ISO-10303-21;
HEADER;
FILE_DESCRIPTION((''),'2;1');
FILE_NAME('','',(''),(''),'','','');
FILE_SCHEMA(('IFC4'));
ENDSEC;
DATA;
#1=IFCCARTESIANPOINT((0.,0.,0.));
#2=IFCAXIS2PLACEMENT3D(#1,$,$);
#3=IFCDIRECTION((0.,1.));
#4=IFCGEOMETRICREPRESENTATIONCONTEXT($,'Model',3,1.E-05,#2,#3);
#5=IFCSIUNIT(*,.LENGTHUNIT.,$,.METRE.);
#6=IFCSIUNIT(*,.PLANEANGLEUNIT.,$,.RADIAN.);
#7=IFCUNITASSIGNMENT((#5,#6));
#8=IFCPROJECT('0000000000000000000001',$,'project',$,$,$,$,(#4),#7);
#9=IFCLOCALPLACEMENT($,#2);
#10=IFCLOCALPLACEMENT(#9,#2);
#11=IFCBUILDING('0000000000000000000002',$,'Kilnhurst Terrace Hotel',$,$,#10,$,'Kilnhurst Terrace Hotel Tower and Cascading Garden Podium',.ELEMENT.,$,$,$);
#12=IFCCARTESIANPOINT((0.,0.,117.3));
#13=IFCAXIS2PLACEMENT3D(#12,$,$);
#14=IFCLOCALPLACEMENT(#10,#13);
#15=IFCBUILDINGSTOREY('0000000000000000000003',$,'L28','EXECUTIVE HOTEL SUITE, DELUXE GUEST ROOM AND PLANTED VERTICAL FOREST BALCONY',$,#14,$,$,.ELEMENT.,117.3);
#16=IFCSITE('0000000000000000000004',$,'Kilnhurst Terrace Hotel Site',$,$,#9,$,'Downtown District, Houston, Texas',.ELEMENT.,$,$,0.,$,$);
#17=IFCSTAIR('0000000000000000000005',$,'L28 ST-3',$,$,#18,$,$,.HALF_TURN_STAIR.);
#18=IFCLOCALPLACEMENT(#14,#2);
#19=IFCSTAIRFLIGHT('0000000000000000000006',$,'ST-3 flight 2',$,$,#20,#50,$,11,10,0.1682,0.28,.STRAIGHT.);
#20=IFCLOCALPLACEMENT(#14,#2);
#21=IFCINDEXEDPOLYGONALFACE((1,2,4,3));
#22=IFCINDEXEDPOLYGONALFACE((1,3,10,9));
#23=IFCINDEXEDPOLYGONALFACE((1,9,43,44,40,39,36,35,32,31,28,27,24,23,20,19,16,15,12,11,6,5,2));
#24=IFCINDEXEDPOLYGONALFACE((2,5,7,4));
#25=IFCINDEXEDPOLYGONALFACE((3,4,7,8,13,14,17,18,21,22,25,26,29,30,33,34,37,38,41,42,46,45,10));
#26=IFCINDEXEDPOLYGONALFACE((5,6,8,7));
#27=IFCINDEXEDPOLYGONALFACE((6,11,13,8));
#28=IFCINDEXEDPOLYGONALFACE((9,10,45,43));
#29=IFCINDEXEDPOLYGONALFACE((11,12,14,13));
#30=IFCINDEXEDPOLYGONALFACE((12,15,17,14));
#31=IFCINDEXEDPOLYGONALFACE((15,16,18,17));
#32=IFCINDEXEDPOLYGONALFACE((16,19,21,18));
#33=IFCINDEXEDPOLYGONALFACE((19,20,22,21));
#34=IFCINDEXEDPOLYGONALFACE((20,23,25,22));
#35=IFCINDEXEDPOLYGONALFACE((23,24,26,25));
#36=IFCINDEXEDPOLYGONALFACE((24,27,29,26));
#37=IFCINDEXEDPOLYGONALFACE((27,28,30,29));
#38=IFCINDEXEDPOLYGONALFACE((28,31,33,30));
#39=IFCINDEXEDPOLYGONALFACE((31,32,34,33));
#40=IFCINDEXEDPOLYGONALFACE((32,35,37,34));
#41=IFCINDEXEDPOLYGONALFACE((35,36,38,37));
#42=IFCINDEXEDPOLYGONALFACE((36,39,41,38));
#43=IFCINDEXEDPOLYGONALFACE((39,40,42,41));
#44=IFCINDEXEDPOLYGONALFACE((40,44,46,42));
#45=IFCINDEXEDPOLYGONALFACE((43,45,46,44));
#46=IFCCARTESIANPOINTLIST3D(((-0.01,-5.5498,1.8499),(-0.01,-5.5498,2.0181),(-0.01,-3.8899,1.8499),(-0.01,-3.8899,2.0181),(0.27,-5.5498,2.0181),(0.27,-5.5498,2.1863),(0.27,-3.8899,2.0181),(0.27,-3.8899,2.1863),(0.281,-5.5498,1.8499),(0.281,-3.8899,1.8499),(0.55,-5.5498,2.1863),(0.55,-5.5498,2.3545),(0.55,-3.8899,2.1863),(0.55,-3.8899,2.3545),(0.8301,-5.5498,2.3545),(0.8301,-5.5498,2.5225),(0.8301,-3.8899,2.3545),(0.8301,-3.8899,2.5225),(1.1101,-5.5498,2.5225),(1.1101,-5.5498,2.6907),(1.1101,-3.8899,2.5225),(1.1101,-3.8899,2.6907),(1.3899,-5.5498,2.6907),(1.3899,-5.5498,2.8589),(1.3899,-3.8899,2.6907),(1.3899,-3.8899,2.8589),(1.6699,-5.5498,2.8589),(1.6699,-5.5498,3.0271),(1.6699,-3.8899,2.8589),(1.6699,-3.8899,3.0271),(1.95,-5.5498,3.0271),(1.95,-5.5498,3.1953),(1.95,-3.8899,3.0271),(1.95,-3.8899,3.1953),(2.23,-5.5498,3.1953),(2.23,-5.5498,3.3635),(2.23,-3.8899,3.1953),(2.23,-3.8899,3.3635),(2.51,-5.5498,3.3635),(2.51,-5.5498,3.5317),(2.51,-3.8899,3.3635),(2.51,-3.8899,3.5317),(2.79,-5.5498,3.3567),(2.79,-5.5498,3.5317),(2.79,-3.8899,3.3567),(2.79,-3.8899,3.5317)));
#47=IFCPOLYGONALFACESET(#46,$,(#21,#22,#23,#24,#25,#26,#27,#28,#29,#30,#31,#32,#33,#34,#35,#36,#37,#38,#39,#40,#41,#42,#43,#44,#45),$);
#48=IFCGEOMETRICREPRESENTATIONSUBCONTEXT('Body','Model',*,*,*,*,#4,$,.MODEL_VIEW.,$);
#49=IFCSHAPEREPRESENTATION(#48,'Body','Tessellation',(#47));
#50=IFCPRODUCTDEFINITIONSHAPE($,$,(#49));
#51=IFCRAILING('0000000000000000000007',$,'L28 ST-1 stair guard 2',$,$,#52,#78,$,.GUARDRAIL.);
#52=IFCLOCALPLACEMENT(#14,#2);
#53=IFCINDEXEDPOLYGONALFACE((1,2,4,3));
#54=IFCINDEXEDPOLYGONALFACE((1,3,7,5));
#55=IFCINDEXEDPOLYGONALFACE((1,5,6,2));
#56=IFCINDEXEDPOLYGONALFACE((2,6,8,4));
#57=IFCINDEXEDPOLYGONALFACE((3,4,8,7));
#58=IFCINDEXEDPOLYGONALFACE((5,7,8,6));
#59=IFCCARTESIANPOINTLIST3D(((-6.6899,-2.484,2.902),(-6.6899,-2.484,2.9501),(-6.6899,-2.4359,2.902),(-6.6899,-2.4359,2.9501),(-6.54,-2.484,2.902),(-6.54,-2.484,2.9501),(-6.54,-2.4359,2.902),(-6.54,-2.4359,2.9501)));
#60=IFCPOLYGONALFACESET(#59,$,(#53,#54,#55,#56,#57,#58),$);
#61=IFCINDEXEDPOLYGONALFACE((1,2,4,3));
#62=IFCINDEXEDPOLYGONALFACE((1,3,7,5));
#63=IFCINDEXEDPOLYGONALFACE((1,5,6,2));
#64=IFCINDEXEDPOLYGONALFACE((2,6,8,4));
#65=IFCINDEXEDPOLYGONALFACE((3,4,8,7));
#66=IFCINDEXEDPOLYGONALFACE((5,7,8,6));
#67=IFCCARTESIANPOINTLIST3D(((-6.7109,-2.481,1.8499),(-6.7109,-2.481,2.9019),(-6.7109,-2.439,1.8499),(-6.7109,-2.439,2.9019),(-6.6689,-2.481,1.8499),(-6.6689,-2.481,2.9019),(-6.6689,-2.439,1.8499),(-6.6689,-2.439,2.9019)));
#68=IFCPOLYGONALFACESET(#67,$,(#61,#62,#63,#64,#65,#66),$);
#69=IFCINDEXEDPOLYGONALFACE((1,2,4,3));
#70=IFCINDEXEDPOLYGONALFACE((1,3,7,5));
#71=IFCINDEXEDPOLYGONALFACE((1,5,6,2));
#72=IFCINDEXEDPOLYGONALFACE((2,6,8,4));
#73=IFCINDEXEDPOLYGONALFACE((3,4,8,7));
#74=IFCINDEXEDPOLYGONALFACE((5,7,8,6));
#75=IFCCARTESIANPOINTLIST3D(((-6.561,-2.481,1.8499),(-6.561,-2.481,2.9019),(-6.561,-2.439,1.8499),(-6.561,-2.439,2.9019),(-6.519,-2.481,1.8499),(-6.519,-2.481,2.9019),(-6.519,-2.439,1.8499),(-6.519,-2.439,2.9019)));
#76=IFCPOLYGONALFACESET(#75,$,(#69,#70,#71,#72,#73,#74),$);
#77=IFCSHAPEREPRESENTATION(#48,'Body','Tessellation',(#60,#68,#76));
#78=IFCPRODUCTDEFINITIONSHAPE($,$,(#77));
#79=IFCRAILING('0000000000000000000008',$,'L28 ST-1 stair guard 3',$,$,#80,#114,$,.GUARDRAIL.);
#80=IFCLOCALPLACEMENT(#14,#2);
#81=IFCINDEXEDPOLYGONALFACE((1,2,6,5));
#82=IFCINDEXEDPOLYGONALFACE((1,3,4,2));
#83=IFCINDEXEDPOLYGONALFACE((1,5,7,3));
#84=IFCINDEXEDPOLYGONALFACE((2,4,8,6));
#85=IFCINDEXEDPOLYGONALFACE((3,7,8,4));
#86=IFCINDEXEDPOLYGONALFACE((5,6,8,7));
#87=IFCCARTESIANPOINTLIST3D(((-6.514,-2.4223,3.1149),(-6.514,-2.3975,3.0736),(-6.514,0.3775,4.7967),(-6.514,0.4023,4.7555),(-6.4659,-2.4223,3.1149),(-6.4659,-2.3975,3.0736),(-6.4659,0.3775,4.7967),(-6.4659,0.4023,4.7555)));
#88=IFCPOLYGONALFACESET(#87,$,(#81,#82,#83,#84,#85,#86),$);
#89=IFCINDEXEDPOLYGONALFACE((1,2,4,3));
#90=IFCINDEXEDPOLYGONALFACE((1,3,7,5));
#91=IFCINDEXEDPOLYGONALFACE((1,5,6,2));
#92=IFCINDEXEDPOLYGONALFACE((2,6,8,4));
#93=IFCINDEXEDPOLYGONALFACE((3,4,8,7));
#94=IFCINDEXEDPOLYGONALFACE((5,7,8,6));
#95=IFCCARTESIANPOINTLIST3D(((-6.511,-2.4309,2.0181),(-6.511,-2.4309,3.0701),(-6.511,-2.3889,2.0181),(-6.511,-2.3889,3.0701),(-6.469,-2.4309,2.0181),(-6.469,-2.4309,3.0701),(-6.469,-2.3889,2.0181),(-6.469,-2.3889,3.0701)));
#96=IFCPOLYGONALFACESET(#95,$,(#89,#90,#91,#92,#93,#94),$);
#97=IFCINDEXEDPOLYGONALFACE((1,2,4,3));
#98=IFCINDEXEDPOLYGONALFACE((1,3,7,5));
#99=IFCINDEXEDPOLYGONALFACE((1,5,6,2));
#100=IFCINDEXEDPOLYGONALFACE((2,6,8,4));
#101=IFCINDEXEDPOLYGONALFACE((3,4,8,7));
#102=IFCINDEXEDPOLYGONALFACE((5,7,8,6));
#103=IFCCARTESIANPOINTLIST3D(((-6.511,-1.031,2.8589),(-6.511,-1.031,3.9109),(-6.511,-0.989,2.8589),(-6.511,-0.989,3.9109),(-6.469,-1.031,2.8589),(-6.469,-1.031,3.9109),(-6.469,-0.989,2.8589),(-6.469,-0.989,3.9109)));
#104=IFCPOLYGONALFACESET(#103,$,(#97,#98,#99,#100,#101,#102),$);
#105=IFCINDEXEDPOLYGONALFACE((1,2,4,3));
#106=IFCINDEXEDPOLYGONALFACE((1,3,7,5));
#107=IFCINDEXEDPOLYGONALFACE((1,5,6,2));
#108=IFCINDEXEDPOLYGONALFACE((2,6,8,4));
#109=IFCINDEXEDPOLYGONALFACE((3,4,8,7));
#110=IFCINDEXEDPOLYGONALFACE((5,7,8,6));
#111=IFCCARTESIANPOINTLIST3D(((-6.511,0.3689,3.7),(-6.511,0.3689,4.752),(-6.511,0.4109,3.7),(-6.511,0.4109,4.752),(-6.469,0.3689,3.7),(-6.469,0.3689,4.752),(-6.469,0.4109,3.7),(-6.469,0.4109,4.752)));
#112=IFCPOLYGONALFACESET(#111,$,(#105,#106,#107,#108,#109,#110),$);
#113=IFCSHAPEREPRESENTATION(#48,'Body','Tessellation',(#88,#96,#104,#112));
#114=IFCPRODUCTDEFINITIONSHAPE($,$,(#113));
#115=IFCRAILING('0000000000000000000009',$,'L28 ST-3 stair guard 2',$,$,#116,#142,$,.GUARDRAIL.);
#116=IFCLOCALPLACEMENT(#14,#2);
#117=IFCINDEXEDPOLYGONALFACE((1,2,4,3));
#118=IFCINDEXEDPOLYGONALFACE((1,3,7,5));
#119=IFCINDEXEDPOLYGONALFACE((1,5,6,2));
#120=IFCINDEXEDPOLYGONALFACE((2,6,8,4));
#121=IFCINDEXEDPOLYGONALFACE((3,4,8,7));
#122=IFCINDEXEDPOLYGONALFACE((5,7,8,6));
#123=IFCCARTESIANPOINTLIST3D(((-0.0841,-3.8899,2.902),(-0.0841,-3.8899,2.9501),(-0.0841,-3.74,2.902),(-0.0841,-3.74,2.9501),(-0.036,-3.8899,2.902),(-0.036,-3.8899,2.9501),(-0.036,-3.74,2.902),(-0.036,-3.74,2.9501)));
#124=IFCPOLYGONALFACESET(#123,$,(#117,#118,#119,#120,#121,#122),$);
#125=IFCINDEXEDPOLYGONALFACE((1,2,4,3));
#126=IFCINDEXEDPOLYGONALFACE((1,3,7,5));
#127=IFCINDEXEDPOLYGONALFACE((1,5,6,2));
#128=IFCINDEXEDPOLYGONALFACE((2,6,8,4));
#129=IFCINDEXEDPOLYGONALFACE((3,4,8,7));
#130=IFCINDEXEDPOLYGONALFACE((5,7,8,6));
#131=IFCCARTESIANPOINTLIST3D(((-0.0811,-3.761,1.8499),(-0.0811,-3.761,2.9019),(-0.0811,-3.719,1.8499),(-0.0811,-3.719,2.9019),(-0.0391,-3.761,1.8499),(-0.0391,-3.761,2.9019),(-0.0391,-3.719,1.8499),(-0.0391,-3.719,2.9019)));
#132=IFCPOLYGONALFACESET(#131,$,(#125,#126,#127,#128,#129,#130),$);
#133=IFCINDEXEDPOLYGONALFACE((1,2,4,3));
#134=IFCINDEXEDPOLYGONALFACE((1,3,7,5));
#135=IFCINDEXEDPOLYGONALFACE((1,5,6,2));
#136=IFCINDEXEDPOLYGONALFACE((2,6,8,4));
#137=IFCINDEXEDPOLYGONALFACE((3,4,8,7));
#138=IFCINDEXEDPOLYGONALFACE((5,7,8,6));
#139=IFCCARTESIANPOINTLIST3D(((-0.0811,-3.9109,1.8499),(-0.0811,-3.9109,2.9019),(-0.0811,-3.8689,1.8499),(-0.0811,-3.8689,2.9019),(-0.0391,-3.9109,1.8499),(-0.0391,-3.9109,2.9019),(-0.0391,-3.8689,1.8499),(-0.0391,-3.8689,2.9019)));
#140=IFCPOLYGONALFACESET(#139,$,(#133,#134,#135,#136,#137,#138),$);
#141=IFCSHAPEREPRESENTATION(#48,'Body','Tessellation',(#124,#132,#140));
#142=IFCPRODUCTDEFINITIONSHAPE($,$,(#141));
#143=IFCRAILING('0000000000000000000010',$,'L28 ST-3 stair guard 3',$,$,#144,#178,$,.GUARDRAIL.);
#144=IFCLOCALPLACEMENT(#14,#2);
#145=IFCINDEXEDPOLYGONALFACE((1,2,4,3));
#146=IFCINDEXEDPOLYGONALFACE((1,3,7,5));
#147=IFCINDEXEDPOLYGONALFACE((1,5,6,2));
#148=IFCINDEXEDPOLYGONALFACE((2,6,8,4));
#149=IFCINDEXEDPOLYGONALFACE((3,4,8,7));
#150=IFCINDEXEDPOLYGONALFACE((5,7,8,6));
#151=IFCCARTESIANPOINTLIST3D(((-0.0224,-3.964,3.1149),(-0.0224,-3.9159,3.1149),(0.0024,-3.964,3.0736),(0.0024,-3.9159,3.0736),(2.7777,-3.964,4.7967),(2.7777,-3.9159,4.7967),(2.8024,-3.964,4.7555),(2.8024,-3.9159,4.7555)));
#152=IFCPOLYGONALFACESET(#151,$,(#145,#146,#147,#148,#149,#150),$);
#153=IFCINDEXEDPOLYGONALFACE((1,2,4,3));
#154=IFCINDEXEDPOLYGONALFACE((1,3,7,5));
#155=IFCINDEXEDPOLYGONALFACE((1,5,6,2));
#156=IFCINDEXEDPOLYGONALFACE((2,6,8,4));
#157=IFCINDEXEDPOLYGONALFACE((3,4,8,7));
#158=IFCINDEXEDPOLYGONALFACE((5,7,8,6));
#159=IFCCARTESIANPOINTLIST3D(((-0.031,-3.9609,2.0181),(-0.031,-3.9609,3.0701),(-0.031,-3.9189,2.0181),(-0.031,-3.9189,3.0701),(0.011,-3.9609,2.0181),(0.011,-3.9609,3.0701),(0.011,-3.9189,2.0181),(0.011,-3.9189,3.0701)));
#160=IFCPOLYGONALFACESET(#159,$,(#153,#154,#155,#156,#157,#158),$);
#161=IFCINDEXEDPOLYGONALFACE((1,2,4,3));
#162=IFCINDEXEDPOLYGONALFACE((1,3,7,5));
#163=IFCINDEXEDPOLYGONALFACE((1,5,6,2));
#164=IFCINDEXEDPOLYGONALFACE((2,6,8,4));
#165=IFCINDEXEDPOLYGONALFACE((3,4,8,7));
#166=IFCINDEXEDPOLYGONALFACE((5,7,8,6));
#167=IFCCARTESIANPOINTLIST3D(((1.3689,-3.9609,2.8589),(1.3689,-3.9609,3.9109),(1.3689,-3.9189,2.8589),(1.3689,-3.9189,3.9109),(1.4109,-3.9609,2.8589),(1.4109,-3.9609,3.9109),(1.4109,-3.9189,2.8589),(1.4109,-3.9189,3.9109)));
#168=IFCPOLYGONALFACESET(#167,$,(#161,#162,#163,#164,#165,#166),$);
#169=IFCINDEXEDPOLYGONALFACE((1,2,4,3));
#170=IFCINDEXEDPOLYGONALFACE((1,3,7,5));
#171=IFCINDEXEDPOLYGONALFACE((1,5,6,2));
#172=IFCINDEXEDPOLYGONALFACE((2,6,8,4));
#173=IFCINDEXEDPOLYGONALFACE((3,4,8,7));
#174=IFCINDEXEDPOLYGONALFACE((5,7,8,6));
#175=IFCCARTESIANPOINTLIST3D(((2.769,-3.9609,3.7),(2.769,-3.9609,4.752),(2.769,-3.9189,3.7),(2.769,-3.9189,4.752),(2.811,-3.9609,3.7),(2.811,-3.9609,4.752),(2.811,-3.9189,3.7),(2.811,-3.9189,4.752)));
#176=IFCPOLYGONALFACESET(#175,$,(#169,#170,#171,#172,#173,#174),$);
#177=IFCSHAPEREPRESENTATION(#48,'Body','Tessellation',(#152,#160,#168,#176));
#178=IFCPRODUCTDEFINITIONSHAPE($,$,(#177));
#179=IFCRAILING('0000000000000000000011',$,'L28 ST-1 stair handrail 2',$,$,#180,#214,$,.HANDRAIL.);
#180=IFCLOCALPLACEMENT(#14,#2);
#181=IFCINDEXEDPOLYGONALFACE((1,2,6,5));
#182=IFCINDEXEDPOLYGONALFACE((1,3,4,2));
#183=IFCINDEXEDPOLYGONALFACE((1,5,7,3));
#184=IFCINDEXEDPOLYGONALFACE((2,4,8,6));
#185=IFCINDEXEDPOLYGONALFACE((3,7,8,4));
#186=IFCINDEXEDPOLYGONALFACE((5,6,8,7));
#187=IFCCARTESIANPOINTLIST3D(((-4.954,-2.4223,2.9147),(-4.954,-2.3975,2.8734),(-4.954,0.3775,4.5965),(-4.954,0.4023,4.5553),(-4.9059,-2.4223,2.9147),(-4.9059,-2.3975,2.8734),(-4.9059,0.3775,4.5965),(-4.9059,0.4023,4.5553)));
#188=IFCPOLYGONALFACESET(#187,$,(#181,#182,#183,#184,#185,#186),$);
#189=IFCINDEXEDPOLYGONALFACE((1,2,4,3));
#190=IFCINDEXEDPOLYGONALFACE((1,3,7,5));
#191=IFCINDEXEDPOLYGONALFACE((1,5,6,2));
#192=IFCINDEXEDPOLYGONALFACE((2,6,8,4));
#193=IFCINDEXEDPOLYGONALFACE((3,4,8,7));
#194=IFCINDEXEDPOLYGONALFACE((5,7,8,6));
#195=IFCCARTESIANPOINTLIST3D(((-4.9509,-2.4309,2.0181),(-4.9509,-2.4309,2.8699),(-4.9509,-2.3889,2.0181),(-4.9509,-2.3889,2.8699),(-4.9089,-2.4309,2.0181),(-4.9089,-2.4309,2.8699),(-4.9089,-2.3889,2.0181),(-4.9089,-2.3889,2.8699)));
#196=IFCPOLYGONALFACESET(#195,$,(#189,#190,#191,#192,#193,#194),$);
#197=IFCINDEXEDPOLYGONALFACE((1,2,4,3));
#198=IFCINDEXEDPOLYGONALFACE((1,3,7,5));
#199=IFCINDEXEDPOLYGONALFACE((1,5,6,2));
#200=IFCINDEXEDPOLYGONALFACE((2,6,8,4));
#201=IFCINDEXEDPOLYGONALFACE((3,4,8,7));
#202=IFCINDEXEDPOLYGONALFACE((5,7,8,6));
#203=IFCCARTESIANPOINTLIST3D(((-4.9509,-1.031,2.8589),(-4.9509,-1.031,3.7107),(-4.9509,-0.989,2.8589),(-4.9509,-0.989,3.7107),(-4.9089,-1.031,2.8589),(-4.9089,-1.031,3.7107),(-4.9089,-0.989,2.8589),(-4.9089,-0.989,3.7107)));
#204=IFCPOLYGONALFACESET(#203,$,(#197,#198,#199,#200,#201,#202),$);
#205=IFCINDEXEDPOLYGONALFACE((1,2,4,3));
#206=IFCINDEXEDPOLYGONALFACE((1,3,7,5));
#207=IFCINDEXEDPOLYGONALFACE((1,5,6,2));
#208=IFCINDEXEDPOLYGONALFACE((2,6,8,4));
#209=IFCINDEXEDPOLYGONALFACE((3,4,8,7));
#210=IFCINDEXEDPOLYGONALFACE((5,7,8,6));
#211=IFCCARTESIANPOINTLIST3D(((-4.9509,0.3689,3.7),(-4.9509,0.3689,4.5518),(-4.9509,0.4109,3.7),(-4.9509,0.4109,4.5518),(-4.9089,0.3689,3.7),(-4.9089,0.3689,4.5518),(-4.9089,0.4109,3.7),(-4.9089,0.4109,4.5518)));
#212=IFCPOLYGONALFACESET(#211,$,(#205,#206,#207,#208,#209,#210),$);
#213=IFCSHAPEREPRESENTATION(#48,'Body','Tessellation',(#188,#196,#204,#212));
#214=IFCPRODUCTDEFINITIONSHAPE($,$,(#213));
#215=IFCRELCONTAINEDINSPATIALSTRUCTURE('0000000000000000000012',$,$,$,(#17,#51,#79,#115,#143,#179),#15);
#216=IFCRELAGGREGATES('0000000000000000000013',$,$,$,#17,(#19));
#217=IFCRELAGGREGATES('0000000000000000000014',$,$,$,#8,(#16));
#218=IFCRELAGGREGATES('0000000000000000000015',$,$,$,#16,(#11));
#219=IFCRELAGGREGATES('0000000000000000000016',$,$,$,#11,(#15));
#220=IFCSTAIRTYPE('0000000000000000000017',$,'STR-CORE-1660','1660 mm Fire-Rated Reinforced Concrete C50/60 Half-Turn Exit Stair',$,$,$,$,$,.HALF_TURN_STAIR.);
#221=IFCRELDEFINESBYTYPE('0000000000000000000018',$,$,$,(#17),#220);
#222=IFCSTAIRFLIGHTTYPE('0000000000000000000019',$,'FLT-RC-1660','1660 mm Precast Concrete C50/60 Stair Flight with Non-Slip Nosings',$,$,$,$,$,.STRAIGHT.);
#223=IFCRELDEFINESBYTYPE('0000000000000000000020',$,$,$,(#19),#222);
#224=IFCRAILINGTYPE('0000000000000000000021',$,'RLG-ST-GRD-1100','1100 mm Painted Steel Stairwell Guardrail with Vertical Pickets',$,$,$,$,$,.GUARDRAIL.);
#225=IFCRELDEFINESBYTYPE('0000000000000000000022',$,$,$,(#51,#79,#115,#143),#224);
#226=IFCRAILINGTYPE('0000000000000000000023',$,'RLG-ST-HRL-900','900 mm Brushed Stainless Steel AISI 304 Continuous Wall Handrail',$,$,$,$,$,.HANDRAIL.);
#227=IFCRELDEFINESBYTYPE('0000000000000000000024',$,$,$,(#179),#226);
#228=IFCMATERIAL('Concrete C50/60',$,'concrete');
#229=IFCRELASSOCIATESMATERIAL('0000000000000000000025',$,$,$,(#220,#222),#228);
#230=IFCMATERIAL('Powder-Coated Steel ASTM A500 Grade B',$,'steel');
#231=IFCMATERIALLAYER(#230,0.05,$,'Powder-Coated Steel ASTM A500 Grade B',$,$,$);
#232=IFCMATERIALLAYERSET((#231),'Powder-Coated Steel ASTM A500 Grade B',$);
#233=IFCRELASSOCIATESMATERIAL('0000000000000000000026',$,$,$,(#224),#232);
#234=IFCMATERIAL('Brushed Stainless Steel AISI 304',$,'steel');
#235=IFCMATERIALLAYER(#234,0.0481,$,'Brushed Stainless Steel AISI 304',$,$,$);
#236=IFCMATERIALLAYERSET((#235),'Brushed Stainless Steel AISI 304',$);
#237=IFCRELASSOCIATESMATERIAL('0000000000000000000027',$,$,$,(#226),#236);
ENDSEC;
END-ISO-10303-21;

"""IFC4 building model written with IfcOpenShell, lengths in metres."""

from ifc_helpers import new_model, si_unit, direction, frame, origin, origin_2d, place, context, subcontext, project, spatial, polyline, rectangle, outline, extrude, material, layer, layer_set, type_object, element, aggregate, save


model = new_model("IFC4")

# Units and contexts
model_context = context("Model", 3, precision=1e-05, world=origin(), true_north=direction((0.0, 1.0)))
body_context = subcontext(model_context, "Body", "Model", "MODEL_VIEW")
ifc_project = project(units=[si_unit("LENGTHUNIT", "METRE"), si_unit("PLANEANGLEUNIT", "RADIAN")], contexts=[model_context])

# Site, building, storey
site_placement = place(None, origin())
site = spatial("IfcSite", under=ifc_project, at=site_placement, Name="Kilnhurst Terrace Hotel Site", LongName="Downtown District, Houston, Texas", CompositionType="ELEMENT", RefElevation=0.0)
building_placement = place(site_placement, origin())
building = spatial("IfcBuilding", under=site, at=building_placement, Name="Kilnhurst Terrace Hotel", LongName="Kilnhurst Terrace Hotel Tower and Cascading Garden Podium", CompositionType="ELEMENT")
storey_placement = place(building_placement, frame((0.0, 0.0, 117.3)))
storey = spatial("IfcBuildingStorey", under=building, at=storey_placement, Name="L28", Description="EXECUTIVE HOTEL SUITE, DELUXE GUEST ROOM AND PLANTED VERTICAL FOREST BALCONY", CompositionType="ELEMENT", Elevation=117.3)

# Shared definitions
ifc_material_1 = material(Name="Concrete C50/60", Category="concrete")

# Stair, stair flight
stair_type = type_object("IfcStairType", Name="STR-CORE-1660", Description="1660 mm Fire-Rated Reinforced Concrete C50/60 Half-Turn Exit Stair", PredefinedType="HALF_TURN_STAIR", material=ifc_material_1)
stair_flight_type = type_object("IfcStairFlightType", Name="FLT-RC-1660", Description="1660 mm Precast Concrete C50/60 Stair Flight with Non-Slip Nosings", PredefinedType="STRAIGHT", material=ifc_material_1)
stair_1_placement = place(storey_placement, origin())
stair_1 = element("IfcStair", 1, at=stair_1_placement, inside=storey, type_object=stair_type, Name="L28 ST-3", PredefinedType="HALF_TURN_STAIR")
stair_flight_1_placement = place(storey_placement, frame((-0.01, -4.72, 1.8499), z_axis=(0.0, 0.0, 1.0), x_axis=(1.0, 0.0, 0.0)))
stair_flight_1 = element("IfcStairFlight", 2, at=stair_flight_1_placement, type_object=stair_flight_type, Name="ST-3 flight 2", NumberOfRisers=11, NumberOfTreads=10, PredefinedType="STRAIGHT", RiserHeight=0.1682, TreadLength=0.28, context=body_context, shape_type="SweptSolid", body=[
    extrude(outline(polyline([(0.0, 0.0), (0.0, 0.1682), (0.28, 0.1682), (0.28, 0.3364), (0.5601, 0.3364), (0.5601, 0.5046), (0.8401, 0.5046), (0.8401, 0.6726), (1.1201, 0.6726), (1.1201, 0.8408), (1.3999, 0.8408), (1.3999, 1.009), (1.6799, 1.009), (1.6799, 1.1772), (1.96, 1.1772), (1.96, 1.3455), (2.24, 1.3455), (2.24, 1.5137), (2.52, 1.5137), (2.52, 1.6819), (2.8, 1.6819), (2.8, 1.8501), (2.8, 1.5068), (0.291, 0.0), (0.0, 0.0)])), frame((0.0, 0.8301, 0.0), z_axis=(0.0, -1.0, 0.0), x_axis=(1.0, 0.0, 0.0)), (0.0, 0.0, 1.0), 1.6599),
])
aggregate(stair_1, [stair_flight_1])

# Railings
ifc_material_2 = material(Name="Powder-Coated Steel ASTM A500 Grade B", Category="steel")
ifc_layer_1 = layer(ifc_material_2, 0.05, Name="Powder-Coated Steel ASTM A500 Grade B")
ifc_layer_set_1 = layer_set([ifc_layer_1], Name="Powder-Coated Steel ASTM A500 Grade B")
railing_type_1 = type_object("IfcRailingType", Name="RLG-ST-GRD-1100", Description="1100 mm Painted Steel Stairwell Guardrail with Vertical Pickets", PredefinedType="GUARDRAIL", material=ifc_layer_set_1)
railing_1_placement = place(storey_placement, frame((-6.6899, -2.46, 1.8499)))
element("IfcRailing", 3, at=railing_1_placement, inside=storey, type_object=railing_type_1, Name="L28 ST-1 stair guard 2", PredefinedType="GUARDRAIL", context=body_context, shape_type="SweptSolid", body=[
    extrude(rectangle(XDim=0.0481, YDim=0.0481, at=origin_2d()), frame((0.0, 0.0, 1.0762), z_axis=(1.0, 0.0, 0.0), x_axis=(0.0, 1.0, 0.0)), (0.0, 0.0, 1.0), 0.1499),
    extrude(rectangle(XDim=0.042, YDim=0.042, at=origin_2d()), origin(), (0.0, 0.0, 1.0), 1.052),
    extrude(rectangle(XDim=0.042, YDim=0.042, at=origin_2d()), frame((0.1499, 0.0, 0.0)), (0.0, 0.0, 1.0), 1.052),
])
railing_2_placement = place(storey_placement, frame((-6.49, -2.4099, 2.0181)))
element("IfcRailing", 4, at=railing_2_placement, inside=storey, type_object=railing_type_1, Name="L28 ST-1 stair guard 3", PredefinedType="GUARDRAIL", context=body_context, shape_type="SweptSolid", body=[
    extrude(rectangle(XDim=0.0481, YDim=0.0481, at=origin_2d()), frame((0.0, 0.0, 1.0762), z_axis=(0.0, 0.857222, 0.514946), x_axis=(-1.0, 0.0, 0.0)), (0.0, 0.0, 1.0), 3.2661),
    extrude(rectangle(XDim=0.042, YDim=0.042, at=origin_2d()), origin(), (0.0, 0.0, 1.0), 1.052),
    extrude(rectangle(XDim=0.042, YDim=0.042, at=origin_2d()), frame((0.0, 1.3999, 0.8408)), (0.0, 0.0, 1.0), 1.052),
    extrude(rectangle(XDim=0.042, YDim=0.042, at=origin_2d()), frame((0.0, 2.7998, 1.6819)), (0.0, 0.0, 1.0), 1.052),
])
railing_3_placement = place(storey_placement, frame((-0.0601, -3.74, 1.8499)))
element("IfcRailing", 5, at=railing_3_placement, inside=storey, type_object=railing_type_1, Name="L28 ST-3 stair guard 2", PredefinedType="GUARDRAIL", context=body_context, shape_type="SweptSolid", body=[
    extrude(rectangle(XDim=0.0481, YDim=0.0481, at=origin_2d()), frame((0.0, 0.0, 1.0762), z_axis=(0.0, -1.0, 0.0), x_axis=(1.0, 0.0, 0.0)), (0.0, 0.0, 1.0), 0.1499),
    extrude(rectangle(XDim=0.042, YDim=0.042, at=origin_2d()), origin(), (0.0, 0.0, 1.0), 1.052),
    extrude(rectangle(XDim=0.042, YDim=0.042, at=origin_2d()), frame((0.0, -0.1499, 0.0)), (0.0, 0.0, 1.0), 1.052),
])
railing_4_placement = place(storey_placement, frame((-0.01, -3.9399, 2.0181)))
element("IfcRailing", 6, at=railing_4_placement, inside=storey, type_object=railing_type_1, Name="L28 ST-3 stair guard 3", PredefinedType="GUARDRAIL", context=body_context, shape_type="SweptSolid", body=[
    extrude(rectangle(XDim=0.0481, YDim=0.0481, at=origin_2d()), frame((0.0, 0.0, 1.0762), z_axis=(0.857242, 0.0, 0.514913), x_axis=(0.0, 1.0, 0.0)), (0.0, 0.0, 1.0), 3.2664),
    extrude(rectangle(XDim=0.042, YDim=0.042, at=origin_2d()), origin(), (0.0, 0.0, 1.0), 1.052),
    extrude(rectangle(XDim=0.042, YDim=0.042, at=origin_2d()), frame((1.3999, 0.0, 0.8408)), (0.0, 0.0, 1.0), 1.052),
    extrude(rectangle(XDim=0.042, YDim=0.042, at=origin_2d()), frame((2.8, 0.0, 1.6819)), (0.0, 0.0, 1.0), 1.052),
])
ifc_material_3 = material(Name="Brushed Stainless Steel AISI 304", Category="steel")
ifc_layer_2 = layer(ifc_material_3, 0.0481, Name="Brushed Stainless Steel AISI 304")
ifc_layer_set_2 = layer_set([ifc_layer_2], Name="Brushed Stainless Steel AISI 304")
railing_type_2 = type_object("IfcRailingType", Name="RLG-ST-HRL-900", Description="900 mm Brushed Stainless Steel AISI 304 Continuous Wall Handrail", PredefinedType="HANDRAIL", material=ifc_layer_set_2)
railing_5_placement = place(storey_placement, frame((-4.9299, -2.4099, 2.0181)))
element("IfcRailing", 7, at=railing_5_placement, inside=storey, type_object=railing_type_2, Name="L28 ST-1 stair handrail 2", PredefinedType="HANDRAIL", context=body_context, shape_type="SweptSolid", body=[
    extrude(rectangle(XDim=0.0481, YDim=0.0481, at=origin_2d()), frame((0.0, 0.0, 0.876), z_axis=(0.0, 0.857222, 0.514946), x_axis=(-1.0, 0.0, 0.0)), (0.0, 0.0, 1.0), 3.2661),
    extrude(rectangle(XDim=0.042, YDim=0.042, at=origin_2d()), origin(), (0.0, 0.0, 1.0), 0.8518),
    extrude(rectangle(XDim=0.042, YDim=0.042, at=origin_2d()), frame((0.0, 1.3999, 0.8408)), (0.0, 0.0, 1.0), 0.8518),
    extrude(rectangle(XDim=0.042, YDim=0.042, at=origin_2d()), frame((0.0, 2.7998, 1.6819)), (0.0, 0.0, 1.0), 0.8518),
])

save(model, "model.ifc")
